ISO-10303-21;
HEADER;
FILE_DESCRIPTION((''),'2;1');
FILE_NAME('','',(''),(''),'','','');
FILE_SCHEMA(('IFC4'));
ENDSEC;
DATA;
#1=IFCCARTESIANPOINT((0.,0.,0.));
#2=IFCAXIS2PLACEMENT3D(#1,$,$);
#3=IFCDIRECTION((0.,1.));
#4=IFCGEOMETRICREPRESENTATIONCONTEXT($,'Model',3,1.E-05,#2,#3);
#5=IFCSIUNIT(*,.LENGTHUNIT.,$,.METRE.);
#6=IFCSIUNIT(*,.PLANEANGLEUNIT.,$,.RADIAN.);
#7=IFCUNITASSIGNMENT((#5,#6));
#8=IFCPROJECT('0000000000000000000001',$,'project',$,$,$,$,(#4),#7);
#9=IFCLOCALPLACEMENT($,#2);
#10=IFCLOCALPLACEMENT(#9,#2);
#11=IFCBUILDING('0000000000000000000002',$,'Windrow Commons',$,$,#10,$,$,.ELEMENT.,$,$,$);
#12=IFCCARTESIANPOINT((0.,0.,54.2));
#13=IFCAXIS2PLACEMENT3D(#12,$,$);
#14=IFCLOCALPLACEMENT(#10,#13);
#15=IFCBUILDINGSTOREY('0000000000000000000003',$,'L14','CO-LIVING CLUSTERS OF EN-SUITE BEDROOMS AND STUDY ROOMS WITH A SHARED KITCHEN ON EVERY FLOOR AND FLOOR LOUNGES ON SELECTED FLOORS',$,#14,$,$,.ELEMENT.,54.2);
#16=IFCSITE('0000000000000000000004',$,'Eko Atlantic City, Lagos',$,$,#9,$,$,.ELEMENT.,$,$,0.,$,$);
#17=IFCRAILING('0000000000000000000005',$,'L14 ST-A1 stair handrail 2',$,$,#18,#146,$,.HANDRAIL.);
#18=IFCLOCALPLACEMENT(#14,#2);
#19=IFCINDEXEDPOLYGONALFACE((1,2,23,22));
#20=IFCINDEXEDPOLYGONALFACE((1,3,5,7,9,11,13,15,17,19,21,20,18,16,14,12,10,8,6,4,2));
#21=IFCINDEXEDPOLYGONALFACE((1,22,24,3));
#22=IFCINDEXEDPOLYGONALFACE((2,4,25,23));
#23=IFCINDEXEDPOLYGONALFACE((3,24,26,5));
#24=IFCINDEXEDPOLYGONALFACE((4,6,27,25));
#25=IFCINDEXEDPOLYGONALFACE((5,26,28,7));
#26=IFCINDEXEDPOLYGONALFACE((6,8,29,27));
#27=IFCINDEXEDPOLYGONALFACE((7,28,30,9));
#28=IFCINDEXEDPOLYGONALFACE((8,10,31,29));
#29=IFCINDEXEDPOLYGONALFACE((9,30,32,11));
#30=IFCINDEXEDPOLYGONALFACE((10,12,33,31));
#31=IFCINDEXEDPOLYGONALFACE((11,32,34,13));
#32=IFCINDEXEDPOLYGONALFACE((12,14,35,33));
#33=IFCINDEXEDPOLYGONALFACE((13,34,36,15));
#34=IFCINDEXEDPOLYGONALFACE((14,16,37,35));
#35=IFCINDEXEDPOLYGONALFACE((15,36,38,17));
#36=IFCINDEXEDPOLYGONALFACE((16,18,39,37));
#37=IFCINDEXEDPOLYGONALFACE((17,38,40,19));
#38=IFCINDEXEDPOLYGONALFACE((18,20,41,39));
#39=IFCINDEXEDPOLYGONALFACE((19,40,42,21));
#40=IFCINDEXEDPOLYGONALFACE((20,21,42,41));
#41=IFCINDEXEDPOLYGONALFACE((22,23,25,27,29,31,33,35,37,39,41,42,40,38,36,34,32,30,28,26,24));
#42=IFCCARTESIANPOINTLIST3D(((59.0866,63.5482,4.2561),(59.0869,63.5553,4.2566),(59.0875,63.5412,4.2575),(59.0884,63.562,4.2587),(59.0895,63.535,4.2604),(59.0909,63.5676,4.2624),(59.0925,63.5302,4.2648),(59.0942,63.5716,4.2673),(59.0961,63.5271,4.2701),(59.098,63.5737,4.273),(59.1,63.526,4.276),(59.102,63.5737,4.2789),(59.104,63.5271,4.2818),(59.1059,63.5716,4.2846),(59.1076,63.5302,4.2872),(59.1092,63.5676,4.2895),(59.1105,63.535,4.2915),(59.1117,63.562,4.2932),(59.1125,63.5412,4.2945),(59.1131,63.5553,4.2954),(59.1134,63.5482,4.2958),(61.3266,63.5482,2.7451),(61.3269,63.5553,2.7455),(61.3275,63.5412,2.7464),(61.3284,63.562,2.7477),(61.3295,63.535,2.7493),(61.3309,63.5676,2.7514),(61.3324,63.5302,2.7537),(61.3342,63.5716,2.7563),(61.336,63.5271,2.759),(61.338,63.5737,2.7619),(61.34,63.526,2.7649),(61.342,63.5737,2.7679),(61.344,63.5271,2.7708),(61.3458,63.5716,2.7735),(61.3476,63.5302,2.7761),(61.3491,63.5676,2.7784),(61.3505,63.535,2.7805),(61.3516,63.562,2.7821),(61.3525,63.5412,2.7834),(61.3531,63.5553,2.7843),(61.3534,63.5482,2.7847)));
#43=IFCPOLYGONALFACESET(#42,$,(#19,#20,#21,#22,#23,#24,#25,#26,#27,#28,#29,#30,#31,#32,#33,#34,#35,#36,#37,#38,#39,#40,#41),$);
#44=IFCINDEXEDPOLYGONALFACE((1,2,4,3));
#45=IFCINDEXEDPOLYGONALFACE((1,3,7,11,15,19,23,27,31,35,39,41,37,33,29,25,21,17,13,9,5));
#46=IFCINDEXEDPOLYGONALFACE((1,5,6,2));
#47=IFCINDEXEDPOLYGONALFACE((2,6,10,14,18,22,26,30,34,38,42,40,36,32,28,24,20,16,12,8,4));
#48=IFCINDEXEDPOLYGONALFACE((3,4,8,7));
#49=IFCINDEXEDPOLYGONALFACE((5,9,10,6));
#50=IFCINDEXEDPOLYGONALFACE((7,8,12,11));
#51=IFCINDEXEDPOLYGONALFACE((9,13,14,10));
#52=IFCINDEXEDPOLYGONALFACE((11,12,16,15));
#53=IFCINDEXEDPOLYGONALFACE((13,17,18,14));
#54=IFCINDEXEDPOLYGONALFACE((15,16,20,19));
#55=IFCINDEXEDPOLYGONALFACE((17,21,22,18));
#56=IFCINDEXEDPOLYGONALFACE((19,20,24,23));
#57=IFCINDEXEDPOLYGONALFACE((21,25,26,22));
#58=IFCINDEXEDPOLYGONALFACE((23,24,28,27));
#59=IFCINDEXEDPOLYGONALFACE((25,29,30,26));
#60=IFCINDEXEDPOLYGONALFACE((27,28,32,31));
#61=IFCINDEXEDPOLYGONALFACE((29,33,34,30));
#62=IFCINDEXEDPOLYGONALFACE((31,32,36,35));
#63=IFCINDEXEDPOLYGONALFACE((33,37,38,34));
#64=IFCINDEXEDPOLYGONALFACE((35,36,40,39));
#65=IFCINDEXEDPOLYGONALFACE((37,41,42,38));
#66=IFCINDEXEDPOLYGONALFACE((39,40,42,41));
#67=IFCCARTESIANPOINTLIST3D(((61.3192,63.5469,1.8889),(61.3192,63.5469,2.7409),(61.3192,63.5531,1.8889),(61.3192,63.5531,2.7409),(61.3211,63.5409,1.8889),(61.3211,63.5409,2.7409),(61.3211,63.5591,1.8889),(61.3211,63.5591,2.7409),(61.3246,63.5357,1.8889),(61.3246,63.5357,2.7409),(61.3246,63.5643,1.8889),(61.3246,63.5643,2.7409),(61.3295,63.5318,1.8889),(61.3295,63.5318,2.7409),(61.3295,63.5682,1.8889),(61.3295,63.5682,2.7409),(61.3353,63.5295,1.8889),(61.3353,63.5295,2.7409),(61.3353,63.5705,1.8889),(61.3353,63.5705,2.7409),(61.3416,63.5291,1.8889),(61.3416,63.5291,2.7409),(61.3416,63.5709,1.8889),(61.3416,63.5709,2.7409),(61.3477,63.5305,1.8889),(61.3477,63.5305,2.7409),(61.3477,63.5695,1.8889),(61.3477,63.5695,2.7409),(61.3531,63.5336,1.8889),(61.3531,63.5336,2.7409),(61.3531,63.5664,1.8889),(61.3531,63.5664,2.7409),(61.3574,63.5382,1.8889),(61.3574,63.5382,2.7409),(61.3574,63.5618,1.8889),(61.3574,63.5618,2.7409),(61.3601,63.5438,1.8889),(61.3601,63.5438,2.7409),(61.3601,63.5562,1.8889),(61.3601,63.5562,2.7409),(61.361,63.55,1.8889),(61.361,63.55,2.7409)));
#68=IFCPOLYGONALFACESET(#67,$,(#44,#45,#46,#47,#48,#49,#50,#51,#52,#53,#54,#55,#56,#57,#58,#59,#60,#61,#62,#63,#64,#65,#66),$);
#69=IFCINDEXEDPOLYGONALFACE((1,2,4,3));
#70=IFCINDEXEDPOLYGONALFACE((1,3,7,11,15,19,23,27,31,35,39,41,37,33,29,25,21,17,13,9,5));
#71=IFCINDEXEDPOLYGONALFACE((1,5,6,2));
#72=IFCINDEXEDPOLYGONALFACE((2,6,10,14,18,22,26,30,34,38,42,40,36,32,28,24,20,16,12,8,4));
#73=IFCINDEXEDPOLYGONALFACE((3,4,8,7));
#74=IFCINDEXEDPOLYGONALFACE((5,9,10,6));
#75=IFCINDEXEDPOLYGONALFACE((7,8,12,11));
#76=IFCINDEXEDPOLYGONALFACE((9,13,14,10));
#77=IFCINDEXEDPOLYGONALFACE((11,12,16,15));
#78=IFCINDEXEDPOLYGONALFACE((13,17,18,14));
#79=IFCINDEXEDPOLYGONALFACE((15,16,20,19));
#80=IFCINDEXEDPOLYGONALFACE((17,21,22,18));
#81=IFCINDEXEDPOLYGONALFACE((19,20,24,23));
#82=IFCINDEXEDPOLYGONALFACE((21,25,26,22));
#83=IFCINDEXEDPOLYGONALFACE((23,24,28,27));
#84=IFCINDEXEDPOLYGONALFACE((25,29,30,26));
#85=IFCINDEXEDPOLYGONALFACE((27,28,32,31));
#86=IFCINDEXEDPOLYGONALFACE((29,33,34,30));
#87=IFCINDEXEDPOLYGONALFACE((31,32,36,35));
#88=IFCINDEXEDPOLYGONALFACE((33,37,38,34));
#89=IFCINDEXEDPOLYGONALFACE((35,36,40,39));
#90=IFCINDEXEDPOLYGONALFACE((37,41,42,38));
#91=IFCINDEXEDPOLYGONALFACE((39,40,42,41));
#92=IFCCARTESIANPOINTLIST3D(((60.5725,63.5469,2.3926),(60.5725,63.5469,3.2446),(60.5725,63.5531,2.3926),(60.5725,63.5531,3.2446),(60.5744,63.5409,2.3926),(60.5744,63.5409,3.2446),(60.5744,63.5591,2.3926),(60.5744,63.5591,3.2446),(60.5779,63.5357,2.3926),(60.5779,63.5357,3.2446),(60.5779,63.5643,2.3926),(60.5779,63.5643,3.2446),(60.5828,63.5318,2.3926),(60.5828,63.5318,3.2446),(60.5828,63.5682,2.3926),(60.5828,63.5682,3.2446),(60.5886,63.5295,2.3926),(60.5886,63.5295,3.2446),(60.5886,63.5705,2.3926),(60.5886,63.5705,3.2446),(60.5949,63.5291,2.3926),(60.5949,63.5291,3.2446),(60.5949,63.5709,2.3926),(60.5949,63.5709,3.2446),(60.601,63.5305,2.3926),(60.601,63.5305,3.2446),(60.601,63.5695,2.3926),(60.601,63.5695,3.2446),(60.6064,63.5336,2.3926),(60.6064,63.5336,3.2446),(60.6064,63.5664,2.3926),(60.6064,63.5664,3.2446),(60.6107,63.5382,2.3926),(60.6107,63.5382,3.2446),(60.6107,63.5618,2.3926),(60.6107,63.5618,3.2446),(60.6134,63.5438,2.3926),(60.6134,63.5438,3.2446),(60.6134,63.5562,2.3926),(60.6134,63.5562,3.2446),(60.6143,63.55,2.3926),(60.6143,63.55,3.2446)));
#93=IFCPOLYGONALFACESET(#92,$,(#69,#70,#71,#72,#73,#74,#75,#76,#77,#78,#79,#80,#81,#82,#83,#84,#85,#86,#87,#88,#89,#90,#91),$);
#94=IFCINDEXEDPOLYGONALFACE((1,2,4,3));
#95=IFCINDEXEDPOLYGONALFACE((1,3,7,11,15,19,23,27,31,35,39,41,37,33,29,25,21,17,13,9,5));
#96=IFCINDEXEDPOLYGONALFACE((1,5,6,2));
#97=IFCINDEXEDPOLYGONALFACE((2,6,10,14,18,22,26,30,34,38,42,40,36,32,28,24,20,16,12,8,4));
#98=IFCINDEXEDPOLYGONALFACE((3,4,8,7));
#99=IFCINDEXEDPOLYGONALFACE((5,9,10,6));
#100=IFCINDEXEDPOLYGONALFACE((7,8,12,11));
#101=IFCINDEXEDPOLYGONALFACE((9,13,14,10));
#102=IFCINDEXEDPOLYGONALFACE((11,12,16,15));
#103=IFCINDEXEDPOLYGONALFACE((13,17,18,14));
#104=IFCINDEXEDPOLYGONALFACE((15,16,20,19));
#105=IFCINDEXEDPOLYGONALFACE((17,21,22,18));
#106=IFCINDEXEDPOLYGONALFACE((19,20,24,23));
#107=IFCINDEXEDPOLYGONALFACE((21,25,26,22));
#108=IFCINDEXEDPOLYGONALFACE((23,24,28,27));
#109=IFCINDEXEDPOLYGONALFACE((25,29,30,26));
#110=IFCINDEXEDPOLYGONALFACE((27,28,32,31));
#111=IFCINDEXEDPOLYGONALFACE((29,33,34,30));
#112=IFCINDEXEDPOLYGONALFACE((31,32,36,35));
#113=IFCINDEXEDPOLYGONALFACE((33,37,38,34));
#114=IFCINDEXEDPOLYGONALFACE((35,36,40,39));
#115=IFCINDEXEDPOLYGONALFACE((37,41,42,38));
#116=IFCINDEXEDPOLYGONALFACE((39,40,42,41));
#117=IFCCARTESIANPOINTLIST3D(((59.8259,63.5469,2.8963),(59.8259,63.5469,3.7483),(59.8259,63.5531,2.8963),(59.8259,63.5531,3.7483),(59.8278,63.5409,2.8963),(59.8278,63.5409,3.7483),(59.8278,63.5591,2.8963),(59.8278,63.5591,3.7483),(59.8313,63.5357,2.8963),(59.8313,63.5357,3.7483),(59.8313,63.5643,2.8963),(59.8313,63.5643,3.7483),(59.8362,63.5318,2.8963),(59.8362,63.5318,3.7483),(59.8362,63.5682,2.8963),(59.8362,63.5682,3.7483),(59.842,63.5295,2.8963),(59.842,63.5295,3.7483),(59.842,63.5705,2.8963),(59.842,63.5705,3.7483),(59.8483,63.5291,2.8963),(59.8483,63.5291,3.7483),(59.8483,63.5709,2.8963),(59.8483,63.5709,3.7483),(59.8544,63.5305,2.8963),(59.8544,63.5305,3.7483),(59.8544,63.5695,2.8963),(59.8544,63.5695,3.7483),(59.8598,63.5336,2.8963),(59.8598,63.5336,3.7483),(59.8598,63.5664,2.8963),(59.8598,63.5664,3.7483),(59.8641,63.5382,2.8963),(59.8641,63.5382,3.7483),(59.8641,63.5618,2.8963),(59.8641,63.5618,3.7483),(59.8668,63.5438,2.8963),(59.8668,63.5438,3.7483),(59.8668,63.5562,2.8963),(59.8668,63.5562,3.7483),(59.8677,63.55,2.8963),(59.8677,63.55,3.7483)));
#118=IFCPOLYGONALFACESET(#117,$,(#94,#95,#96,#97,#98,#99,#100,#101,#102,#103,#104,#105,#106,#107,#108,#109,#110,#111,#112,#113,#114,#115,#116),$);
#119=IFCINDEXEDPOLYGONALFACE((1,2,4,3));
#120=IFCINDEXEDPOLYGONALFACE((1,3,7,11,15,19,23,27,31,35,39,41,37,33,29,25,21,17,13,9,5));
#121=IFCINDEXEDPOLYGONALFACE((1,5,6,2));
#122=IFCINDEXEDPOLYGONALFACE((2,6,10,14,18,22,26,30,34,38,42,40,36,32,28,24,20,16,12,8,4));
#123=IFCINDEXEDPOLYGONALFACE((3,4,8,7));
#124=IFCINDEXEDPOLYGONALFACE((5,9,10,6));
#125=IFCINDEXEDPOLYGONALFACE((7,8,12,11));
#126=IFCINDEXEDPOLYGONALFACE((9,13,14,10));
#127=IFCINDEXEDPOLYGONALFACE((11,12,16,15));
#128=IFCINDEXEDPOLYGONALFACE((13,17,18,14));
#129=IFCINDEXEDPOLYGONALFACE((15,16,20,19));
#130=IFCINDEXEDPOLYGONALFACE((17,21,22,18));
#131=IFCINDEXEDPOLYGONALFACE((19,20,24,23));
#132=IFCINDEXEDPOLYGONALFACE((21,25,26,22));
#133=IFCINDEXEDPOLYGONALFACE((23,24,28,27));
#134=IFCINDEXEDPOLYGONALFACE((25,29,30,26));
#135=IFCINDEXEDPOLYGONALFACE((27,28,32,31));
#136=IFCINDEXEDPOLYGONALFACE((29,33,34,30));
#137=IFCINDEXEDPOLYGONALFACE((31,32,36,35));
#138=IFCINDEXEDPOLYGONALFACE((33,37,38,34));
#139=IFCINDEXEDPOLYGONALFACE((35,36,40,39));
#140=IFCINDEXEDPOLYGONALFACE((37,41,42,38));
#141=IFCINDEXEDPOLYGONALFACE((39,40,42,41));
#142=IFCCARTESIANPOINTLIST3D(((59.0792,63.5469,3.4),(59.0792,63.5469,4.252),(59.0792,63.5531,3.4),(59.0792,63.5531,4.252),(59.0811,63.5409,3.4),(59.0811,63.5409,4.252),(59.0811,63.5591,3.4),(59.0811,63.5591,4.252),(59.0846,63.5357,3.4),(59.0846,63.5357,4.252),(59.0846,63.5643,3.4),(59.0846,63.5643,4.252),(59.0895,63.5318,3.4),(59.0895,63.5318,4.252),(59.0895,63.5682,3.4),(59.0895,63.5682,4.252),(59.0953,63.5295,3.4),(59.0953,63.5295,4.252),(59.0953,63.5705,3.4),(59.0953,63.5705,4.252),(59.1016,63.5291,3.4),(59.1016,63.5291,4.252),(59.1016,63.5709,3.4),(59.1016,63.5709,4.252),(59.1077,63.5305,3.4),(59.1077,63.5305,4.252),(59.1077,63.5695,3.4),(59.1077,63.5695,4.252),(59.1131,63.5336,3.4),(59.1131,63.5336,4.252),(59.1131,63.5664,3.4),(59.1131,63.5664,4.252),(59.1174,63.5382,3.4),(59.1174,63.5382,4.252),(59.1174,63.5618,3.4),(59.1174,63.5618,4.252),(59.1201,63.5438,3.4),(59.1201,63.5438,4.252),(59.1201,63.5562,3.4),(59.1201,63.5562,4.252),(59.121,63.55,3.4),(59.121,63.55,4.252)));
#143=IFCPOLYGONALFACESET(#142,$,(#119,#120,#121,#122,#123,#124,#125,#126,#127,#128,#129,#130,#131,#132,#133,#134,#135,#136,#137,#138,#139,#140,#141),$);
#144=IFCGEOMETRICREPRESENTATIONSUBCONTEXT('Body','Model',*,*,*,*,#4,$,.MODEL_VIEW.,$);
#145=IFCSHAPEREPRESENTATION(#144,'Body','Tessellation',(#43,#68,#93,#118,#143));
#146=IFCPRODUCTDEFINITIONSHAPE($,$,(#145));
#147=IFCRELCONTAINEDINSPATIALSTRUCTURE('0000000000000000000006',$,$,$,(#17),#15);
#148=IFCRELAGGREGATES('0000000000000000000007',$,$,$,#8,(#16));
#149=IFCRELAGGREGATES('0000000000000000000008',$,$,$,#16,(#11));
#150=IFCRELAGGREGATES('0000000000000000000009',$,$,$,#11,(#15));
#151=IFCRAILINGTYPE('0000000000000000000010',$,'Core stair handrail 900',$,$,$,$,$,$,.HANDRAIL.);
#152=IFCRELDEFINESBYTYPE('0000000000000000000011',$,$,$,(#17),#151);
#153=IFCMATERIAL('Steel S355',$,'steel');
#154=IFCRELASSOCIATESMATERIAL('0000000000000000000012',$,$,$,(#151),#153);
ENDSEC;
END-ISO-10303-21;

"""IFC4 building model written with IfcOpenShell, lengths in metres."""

from ifc_helpers import new_model, si_unit, direction, frame, origin, origin_2d, place, context, subcontext, project, spatial, circle, extrude, material, type_object, element, save


model = new_model("IFC4")

# Units and contexts
model_context = context("Model", 3, precision=1e-05, world=origin(), true_north=direction((0.0, 1.0)))
body_context = subcontext(model_context, "Body", "Model", "MODEL_VIEW")
ifc_project = project(units=[si_unit("LENGTHUNIT", "METRE"), si_unit("PLANEANGLEUNIT", "RADIAN")], contexts=[model_context])

# Site, building, storey
site_placement = place(None, origin())
site = spatial("IfcSite", under=ifc_project, at=site_placement, Name="Eko Atlantic City, Lagos", CompositionType="ELEMENT", RefElevation=0.0)
building_placement = place(site_placement, origin())
building = spatial("IfcBuilding", under=site, at=building_placement, Name="Windrow Commons", CompositionType="ELEMENT")
storey_placement = place(building_placement, frame((0.0, 0.0, 54.2)))
storey = spatial("IfcBuildingStorey", under=building, at=storey_placement, Name="L14", Description="CO-LIVING CLUSTERS OF EN-SUITE BEDROOMS AND STUDY ROOMS WITH A SHARED KITCHEN ON EVERY FLOOR AND FLOOR LOUNGES ON SELECTED FLOORS", CompositionType="ELEMENT", Elevation=54.2)

# Railing
ifc_material_1 = material(Name="Steel S355", Category="steel")
railing_type_1 = type_object("IfcRailingType", Name="Core stair handrail 900", PredefinedType="HANDRAIL", material=ifc_material_1)
railing_1_placement = place(storey_placement, frame((61.34, 63.55, 1.8889)))
element("IfcRailing", 1, at=railing_1_placement, inside=storey, type_object=railing_type_1, Name="L14 ST-A1 stair handrail 2", PredefinedType="HANDRAIL", context=body_context, shape_type="SweptSolid", body=[
    extrude(circle(Radius=0.024, at=origin_2d()), frame((0.0, 0.0, 0.876), z_axis=(-0.829003, 0.0, 0.559244), x_axis=(0.0, -1.0, 0.0)), (0.0, 0.0, 1.0), 2.702),
    extrude(circle(Radius=0.021, at=origin_2d()), origin(), (0.0, 0.0, 1.0), 0.852),
    extrude(circle(Radius=0.021, at=origin_2d()), frame((-0.7467, 0.0, 0.5037)), (0.0, 0.0, 1.0), 0.852),
    extrude(circle(Radius=0.021, at=origin_2d()), frame((-1.4933, 0.0, 1.0074)), (0.0, 0.0, 1.0), 0.852),
    extrude(circle(Radius=0.021, at=origin_2d()), frame((-2.24, 0.0, 1.5111)), (0.0, 0.0, 1.0), 0.852),
])

save(model, "model.ifc")
